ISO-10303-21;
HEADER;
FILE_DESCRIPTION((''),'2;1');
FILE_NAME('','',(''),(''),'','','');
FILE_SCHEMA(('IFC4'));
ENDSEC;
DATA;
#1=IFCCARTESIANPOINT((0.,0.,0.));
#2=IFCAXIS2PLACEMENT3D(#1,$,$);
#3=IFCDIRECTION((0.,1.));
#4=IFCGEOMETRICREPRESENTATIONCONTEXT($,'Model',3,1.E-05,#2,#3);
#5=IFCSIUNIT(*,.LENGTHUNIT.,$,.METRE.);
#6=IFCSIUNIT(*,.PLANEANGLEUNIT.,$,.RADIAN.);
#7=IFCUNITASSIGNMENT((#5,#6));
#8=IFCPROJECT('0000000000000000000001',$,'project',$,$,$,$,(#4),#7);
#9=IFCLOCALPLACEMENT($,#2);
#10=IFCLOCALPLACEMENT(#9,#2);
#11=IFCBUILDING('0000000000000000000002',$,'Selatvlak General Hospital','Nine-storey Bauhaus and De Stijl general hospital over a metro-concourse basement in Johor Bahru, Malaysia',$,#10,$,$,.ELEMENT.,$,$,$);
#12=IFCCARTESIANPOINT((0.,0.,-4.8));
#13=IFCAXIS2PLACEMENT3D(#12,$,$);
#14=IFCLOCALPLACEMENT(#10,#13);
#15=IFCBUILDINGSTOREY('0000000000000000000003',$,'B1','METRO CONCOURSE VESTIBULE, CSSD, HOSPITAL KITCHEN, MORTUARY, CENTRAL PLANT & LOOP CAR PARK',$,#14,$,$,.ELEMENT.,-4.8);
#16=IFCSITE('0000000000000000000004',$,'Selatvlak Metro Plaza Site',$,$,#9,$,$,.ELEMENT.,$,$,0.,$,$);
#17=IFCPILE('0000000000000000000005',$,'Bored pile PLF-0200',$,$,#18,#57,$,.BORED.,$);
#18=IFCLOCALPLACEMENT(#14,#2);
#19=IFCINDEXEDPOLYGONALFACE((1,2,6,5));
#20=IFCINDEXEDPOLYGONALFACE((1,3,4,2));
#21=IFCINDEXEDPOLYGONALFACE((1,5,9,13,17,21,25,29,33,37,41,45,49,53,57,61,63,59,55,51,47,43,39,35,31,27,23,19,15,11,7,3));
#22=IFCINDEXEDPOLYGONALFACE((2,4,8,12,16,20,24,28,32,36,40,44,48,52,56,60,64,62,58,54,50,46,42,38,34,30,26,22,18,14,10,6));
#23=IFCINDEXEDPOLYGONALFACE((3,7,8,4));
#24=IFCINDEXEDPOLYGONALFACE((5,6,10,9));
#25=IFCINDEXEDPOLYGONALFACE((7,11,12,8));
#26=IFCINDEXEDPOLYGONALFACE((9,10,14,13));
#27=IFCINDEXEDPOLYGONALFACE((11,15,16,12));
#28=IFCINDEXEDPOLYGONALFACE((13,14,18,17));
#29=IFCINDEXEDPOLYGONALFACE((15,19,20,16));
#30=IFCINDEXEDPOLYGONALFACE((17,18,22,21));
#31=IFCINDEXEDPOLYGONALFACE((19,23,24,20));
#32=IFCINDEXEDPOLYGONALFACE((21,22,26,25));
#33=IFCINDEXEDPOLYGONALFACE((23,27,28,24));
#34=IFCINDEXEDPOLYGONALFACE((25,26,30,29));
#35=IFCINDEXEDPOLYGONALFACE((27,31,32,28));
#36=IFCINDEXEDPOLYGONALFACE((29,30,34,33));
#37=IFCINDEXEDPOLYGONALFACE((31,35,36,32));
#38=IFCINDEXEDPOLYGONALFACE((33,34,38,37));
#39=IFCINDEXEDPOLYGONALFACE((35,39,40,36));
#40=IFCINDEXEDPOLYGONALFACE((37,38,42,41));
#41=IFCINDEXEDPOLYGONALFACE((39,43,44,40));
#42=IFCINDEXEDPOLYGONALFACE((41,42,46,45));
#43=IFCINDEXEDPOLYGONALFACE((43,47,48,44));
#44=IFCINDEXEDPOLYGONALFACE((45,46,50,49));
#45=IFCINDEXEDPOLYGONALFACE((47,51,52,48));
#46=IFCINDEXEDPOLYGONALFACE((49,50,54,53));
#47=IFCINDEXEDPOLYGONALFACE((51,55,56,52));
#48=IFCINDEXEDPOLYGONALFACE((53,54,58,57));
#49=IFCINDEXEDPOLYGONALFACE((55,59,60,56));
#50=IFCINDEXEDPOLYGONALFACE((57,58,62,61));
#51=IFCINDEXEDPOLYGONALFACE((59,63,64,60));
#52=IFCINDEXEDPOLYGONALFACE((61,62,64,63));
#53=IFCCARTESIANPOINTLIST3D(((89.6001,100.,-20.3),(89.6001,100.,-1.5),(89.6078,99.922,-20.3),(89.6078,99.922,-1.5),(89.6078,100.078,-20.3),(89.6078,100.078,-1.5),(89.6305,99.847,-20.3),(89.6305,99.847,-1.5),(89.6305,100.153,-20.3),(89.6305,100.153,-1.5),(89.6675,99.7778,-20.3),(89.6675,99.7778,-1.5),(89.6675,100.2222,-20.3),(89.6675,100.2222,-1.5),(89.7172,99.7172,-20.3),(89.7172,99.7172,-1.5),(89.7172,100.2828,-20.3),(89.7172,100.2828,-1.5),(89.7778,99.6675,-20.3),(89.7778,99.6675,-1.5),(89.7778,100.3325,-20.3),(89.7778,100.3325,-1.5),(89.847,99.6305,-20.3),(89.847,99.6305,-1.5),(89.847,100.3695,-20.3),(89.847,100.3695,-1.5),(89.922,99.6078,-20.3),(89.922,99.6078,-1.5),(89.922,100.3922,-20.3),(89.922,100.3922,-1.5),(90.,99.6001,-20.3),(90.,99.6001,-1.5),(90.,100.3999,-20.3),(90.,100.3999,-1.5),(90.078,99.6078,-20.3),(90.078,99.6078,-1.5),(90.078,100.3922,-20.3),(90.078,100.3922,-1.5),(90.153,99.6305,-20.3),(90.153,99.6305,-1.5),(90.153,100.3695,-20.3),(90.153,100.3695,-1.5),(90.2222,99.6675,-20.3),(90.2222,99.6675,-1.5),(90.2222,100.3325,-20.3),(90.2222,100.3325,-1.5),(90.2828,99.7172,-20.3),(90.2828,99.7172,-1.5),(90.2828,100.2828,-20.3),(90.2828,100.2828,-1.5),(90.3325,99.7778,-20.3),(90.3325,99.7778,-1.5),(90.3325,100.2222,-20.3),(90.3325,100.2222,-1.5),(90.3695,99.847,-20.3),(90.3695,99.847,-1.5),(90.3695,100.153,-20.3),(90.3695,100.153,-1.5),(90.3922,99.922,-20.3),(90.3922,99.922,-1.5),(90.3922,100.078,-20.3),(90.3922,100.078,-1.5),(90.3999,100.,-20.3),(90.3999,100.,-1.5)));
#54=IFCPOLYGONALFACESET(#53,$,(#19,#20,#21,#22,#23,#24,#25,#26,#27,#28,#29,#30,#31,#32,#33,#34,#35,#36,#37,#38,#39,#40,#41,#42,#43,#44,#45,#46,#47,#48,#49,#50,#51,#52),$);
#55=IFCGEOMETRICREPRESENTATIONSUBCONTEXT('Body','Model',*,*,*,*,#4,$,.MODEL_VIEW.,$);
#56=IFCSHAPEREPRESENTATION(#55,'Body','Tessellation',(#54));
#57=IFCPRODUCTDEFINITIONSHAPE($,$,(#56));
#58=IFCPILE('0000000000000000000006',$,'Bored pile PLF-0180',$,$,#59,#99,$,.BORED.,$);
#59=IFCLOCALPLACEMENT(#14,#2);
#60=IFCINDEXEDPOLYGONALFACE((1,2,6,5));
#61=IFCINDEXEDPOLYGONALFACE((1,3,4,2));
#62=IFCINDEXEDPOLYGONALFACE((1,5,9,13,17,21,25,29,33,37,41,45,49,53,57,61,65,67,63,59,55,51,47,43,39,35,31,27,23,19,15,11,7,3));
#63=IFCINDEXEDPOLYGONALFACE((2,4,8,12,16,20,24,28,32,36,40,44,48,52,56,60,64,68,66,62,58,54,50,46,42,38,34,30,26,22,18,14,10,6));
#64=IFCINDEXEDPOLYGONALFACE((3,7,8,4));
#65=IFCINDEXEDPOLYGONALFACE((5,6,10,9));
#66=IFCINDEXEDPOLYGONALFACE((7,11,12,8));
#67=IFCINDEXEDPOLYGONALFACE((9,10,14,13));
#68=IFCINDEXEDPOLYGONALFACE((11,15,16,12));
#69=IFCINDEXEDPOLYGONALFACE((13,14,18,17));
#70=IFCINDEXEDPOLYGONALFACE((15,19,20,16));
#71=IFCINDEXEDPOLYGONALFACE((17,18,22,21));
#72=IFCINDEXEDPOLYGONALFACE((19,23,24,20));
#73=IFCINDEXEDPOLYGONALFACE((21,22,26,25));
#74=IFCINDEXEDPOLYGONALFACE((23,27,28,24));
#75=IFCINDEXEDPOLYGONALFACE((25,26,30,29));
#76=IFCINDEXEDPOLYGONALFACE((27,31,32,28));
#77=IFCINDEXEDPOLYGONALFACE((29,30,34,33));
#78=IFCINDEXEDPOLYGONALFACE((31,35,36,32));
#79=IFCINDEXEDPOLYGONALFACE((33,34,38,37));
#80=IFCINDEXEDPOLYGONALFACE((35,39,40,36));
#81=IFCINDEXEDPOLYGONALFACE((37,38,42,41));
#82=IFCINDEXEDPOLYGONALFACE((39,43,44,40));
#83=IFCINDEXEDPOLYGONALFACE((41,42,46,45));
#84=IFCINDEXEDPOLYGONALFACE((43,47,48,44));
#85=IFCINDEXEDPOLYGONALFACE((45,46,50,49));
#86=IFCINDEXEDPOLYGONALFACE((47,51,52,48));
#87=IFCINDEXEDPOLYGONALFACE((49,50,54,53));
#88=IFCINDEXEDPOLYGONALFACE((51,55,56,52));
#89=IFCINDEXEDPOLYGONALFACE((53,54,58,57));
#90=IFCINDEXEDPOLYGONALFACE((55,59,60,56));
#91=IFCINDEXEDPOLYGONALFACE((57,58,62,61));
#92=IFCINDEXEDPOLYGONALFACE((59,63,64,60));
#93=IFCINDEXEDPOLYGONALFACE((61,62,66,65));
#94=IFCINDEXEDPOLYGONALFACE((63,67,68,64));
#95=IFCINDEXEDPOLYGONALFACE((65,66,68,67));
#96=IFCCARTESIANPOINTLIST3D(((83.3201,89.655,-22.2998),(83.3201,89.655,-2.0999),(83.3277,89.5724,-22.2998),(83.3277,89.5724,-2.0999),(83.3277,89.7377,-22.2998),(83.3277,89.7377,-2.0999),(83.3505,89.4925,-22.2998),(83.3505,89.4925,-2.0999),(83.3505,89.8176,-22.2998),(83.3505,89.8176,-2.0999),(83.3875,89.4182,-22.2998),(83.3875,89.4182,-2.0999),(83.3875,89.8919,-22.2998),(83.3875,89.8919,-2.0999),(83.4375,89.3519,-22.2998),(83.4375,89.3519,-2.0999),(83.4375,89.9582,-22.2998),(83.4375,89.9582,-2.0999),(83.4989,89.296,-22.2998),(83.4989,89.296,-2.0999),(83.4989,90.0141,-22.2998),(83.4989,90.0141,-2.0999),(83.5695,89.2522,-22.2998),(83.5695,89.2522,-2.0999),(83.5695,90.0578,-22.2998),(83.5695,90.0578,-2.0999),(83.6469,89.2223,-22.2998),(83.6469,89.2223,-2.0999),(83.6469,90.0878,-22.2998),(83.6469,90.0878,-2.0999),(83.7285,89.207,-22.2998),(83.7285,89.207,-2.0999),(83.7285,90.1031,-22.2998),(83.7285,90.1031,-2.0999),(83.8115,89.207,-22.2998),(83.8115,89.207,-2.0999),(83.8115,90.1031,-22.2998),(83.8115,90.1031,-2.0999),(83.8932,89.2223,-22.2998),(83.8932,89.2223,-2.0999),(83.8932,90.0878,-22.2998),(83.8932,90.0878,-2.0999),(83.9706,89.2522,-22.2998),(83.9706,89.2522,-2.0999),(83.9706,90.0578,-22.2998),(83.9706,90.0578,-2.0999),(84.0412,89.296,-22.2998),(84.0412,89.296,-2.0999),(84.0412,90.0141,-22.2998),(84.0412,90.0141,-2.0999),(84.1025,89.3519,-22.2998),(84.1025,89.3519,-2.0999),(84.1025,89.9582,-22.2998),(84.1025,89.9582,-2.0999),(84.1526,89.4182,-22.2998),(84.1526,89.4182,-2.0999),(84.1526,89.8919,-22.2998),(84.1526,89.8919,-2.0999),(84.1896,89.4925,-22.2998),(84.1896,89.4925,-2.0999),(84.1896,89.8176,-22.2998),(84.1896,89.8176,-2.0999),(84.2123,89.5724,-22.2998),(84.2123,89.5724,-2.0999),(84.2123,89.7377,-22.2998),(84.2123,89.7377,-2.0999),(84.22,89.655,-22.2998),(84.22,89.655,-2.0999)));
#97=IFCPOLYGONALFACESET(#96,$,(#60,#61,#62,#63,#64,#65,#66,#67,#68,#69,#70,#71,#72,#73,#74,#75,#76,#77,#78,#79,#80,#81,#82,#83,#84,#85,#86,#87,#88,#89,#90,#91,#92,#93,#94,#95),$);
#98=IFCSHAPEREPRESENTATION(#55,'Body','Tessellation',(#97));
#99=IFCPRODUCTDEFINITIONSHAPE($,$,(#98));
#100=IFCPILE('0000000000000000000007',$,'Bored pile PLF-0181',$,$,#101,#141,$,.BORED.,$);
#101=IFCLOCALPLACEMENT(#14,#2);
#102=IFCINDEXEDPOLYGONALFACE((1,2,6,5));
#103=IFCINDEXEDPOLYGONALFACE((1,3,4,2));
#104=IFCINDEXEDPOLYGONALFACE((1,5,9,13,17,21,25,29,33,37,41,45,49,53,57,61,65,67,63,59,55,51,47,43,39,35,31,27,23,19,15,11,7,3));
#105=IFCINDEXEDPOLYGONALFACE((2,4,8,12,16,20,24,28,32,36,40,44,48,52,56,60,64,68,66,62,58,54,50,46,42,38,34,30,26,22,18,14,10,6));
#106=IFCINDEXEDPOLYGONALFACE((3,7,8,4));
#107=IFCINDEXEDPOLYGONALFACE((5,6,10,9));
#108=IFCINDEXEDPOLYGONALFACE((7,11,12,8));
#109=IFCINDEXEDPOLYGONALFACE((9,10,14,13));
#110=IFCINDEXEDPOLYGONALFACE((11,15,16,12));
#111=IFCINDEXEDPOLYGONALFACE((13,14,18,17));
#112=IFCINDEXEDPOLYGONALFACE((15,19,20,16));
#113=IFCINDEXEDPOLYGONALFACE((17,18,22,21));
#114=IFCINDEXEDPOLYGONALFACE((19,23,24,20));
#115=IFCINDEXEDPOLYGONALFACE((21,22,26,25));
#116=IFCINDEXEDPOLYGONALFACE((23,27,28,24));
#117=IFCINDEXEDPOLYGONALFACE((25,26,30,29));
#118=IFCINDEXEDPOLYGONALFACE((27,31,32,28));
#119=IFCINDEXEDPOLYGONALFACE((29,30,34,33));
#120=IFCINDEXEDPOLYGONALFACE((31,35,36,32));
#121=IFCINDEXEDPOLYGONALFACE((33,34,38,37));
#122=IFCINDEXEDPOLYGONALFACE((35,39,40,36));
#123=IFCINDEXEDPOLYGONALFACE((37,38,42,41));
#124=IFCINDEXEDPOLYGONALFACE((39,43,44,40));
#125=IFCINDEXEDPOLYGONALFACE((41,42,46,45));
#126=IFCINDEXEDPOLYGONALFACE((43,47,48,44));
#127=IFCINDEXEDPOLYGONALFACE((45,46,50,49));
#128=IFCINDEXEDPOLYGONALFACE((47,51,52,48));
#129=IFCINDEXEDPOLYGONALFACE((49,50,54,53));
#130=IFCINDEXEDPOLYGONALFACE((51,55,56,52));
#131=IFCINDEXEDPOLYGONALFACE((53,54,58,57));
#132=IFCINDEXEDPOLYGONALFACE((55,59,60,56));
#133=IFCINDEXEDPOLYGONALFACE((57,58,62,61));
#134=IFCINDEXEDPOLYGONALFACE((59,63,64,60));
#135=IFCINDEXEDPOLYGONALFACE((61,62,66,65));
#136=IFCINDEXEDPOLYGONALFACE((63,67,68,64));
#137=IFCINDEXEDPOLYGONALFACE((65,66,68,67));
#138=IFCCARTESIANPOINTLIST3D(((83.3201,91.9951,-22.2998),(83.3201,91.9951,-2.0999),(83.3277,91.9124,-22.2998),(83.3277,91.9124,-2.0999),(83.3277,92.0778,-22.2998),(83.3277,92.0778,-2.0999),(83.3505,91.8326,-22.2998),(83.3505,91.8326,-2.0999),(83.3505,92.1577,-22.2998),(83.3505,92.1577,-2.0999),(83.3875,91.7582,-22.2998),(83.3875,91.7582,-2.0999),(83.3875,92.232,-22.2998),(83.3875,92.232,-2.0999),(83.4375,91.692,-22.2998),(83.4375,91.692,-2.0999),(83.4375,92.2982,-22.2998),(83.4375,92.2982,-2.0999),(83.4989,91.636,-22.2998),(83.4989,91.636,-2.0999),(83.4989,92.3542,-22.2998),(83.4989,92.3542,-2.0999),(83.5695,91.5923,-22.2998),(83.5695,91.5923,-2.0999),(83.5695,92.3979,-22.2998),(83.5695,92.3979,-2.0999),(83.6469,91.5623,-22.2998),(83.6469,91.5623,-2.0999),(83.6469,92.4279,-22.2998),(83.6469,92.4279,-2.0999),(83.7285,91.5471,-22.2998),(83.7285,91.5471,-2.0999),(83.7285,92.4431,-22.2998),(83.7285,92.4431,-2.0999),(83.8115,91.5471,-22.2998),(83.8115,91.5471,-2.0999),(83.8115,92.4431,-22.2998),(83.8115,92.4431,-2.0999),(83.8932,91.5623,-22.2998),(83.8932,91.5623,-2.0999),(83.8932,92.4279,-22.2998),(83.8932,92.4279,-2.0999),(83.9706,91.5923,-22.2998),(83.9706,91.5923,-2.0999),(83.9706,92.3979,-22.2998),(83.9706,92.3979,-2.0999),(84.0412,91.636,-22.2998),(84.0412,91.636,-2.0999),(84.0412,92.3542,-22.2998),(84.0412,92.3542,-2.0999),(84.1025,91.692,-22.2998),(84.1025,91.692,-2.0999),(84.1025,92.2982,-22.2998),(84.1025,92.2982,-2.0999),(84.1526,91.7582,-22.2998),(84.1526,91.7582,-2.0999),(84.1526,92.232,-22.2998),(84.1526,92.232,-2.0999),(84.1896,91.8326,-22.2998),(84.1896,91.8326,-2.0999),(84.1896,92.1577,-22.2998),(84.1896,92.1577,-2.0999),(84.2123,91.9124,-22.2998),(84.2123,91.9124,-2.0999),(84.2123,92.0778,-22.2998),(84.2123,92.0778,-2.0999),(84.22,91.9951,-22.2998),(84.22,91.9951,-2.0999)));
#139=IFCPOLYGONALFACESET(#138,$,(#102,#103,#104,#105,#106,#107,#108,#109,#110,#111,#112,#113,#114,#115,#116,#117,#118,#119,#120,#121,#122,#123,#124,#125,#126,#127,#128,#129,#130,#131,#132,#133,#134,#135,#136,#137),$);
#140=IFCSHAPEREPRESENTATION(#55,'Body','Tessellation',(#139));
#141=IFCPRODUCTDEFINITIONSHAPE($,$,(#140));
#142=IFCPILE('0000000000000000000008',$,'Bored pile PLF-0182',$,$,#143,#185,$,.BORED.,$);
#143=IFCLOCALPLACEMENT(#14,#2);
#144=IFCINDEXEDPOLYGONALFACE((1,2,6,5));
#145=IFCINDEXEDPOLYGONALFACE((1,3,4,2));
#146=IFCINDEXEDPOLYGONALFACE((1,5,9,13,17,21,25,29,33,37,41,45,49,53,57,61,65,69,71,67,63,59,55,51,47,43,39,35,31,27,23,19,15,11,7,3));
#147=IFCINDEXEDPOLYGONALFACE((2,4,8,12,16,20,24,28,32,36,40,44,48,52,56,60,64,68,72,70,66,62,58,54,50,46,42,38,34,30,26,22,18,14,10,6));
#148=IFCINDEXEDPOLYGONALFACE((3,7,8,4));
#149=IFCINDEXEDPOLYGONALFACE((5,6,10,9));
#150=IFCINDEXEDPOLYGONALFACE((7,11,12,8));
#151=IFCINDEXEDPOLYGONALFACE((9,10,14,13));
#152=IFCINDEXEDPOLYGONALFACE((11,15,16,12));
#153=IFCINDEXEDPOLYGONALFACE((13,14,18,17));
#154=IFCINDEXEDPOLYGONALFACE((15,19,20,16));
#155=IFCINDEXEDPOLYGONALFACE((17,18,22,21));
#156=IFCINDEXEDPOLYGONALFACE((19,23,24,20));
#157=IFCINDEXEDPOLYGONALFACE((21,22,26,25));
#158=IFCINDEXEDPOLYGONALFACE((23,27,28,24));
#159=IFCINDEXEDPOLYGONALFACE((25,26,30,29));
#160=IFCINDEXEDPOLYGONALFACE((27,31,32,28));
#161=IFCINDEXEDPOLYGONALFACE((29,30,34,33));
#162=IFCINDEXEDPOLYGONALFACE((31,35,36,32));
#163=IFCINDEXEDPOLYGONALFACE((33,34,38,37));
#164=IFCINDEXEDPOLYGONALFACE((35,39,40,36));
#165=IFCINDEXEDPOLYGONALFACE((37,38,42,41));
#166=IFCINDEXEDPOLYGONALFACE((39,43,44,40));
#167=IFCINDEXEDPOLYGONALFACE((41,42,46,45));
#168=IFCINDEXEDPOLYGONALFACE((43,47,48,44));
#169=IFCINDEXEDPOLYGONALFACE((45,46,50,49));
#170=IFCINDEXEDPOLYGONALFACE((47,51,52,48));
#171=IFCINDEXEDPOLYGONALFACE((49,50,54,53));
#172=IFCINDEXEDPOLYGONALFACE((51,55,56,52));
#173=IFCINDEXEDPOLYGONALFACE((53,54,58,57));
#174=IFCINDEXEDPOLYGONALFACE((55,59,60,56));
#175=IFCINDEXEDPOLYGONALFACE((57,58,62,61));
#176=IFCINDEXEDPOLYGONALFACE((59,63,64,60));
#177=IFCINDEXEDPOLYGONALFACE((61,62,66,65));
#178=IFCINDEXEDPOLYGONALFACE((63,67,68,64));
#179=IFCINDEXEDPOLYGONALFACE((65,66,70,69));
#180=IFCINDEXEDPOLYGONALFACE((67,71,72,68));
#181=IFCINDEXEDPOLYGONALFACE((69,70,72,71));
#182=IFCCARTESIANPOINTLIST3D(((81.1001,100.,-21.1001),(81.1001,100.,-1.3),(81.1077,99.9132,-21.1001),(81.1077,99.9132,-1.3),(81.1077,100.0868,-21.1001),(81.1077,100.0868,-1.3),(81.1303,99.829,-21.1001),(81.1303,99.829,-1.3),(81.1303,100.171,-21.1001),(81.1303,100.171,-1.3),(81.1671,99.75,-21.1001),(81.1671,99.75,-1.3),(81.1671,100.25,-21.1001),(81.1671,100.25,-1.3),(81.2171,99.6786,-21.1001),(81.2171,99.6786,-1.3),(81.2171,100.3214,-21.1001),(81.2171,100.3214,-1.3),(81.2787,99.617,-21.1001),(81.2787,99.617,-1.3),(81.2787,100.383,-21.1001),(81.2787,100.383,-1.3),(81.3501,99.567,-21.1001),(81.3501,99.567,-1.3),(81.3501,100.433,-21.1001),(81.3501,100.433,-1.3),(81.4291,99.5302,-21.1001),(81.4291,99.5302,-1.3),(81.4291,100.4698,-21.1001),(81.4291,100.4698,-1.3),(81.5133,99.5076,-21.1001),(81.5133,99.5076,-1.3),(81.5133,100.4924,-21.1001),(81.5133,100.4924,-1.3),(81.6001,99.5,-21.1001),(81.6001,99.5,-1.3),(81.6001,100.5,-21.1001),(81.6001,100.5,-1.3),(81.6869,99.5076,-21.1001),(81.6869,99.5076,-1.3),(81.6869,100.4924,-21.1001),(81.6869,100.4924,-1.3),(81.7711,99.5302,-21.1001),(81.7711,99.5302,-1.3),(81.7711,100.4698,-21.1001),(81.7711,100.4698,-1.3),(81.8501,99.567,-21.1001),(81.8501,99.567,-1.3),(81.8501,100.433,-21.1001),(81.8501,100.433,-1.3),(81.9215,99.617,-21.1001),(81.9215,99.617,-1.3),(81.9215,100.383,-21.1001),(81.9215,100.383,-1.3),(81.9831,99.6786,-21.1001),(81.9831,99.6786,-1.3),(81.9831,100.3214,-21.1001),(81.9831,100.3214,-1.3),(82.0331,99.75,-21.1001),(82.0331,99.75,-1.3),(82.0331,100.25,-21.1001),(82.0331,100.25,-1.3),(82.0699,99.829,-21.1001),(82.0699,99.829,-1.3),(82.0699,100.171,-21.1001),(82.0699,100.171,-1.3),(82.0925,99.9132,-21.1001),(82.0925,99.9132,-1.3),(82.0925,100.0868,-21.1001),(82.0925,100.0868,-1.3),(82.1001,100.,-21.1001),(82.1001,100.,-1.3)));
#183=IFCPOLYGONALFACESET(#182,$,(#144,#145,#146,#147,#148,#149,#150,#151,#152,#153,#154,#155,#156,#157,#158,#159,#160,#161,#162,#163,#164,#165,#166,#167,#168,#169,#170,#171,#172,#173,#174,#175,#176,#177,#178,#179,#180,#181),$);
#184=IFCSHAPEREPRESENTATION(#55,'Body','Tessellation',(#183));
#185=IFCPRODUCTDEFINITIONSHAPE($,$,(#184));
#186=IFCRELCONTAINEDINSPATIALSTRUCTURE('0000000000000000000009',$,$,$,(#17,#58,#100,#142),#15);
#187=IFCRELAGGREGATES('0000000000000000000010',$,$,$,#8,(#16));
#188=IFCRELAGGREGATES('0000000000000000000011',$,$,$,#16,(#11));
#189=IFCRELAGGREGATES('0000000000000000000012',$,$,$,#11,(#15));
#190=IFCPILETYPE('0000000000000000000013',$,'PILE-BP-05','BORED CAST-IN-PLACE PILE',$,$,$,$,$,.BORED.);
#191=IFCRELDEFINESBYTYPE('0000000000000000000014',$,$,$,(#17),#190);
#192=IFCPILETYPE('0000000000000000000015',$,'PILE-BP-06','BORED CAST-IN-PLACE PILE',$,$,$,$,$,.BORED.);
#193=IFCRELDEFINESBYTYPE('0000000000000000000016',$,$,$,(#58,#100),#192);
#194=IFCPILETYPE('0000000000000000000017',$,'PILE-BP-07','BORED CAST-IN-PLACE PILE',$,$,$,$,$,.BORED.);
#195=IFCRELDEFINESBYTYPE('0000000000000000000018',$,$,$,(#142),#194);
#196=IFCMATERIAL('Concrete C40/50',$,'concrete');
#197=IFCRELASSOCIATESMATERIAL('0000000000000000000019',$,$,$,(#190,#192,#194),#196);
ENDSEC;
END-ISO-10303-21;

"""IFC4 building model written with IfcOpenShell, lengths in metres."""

from ifc_helpers import new_model, si_unit, direction, frame, origin, origin_2d, place, context, subcontext, project, spatial, circle, extrude, material, material_profile, profile_set, type_object, element, save


model = new_model("IFC4")

# Units and contexts
model_context = context("Model", 3, precision=1e-05, world=origin(), true_north=direction((0.0, 1.0)))
body_context = subcontext(model_context, "Body", "Model", "MODEL_VIEW")
ifc_project = project(units=[si_unit("LENGTHUNIT", "METRE"), si_unit("PLANEANGLEUNIT", "RADIAN")], contexts=[model_context])

# Site, building, storey
site_placement = place(None, origin())
site = spatial("IfcSite", under=ifc_project, at=site_placement, Name="Selatvlak Metro Plaza Site", CompositionType="ELEMENT", RefElevation=0.0)
building_placement = place(site_placement, origin())
building = spatial("IfcBuilding", under=site, at=building_placement, Name="Selatvlak General Hospital", Description="Nine-storey Bauhaus and De Stijl general hospital over a metro-concourse basement in Johor Bahru, Malaysia", CompositionType="ELEMENT")
storey_placement = place(building_placement, frame((0.0, 0.0, -4.8)))
storey = spatial("IfcBuildingStorey", under=building, at=storey_placement, Name="B1", Description="METRO CONCOURSE VESTIBULE, CSSD, HOSPITAL KITCHEN, MORTUARY, CENTRAL PLANT & LOOP CAR PARK", CompositionType="ELEMENT", Elevation=-4.8)

# Shared definitions
ifc_material_1 = material(Name="Concrete C40/50", Category="concrete")

# Piles
ifc_material_profile_1 = material_profile(ifc_material_1, circle(Radius=0.3999, at=origin_2d()), Name="BORED PILE 800")
ifc_profile_set_1 = profile_set([ifc_material_profile_1], Name="Concrete C40/50")
pile_type_1 = type_object("IfcPileType", Name="PILE-BP-05", Description="BORED CAST-IN-PLACE PILE", PredefinedType="BORED", material=ifc_profile_set_1)
pile_1_placement = place(storey_placement, frame((90.0, 100.0, -1.5), z_axis=(0.0, 0.0, -1.0), x_axis=(1.0, 0.0, 0.0)))
element("IfcPile", 1, at=pile_1_placement, inside=storey, type_object=pile_type_1, Name="Bored pile PLF-0200", PredefinedType="BORED", context=body_context, shape_type="SweptSolid", body=[
    extrude(circle(Radius=0.3999, at=origin_2d()), origin(), (0.0, 0.0, 1.0), 18.8),
])
ifc_material_profile_2 = material_profile(ifc_material_1, circle(Radius=0.45, at=origin_2d()), Name="BORED PILE 900")
ifc_profile_set_2 = profile_set([ifc_material_profile_2], Name="Concrete C40/50")
pile_type_2 = type_object("IfcPileType", Name="PILE-BP-06", Description="BORED CAST-IN-PLACE PILE", PredefinedType="BORED", material=ifc_profile_set_2)
for number, where, z_axis, x_axis, name in (
    (2, (83.77, 89.655, -2.0999), (0.0, 0.0, -1.0), (1.0, 0.0, 0.0), "Bored pile PLF-0180"),
    (3, (83.77, 91.9951, -2.0999), (0.0, 0.0, -1.0), (1.0, 0.0, 0.0), "Bored pile PLF-0181"),
):
    element("IfcPile", number, at=place(storey_placement, frame(where, z_axis=z_axis, x_axis=x_axis)), inside=storey, type_object=pile_type_2, Name=name, PredefinedType="BORED", context=body_context, shape_type="SweptSolid", body=[
        extrude(circle(Radius=0.45, at=origin_2d()), origin(), (0.0, 0.0, 1.0), 20.2),
    ])
ifc_material_profile_3 = material_profile(ifc_material_1, circle(Radius=0.5, at=origin_2d()), Name="BORED PILE 1000")
ifc_profile_set_3 = profile_set([ifc_material_profile_3], Name="Concrete C40/50")
pile_type_3 = type_object("IfcPileType", Name="PILE-BP-07", Description="BORED CAST-IN-PLACE PILE", PredefinedType="BORED", material=ifc_profile_set_3)
pile_2_placement = place(storey_placement, frame((81.6001, 100.0, -1.3), z_axis=(0.0, 0.0, -1.0), x_axis=(1.0, 0.0, 0.0)))
element("IfcPile", 4, at=pile_2_placement, inside=storey, type_object=pile_type_3, Name="Bored pile PLF-0182", PredefinedType="BORED", context=body_context, shape_type="SweptSolid", body=[
    extrude(circle(Radius=0.5, at=origin_2d()), origin(), (0.0, 0.0, 1.0), 19.8),
])

save(model, "model.ifc")
